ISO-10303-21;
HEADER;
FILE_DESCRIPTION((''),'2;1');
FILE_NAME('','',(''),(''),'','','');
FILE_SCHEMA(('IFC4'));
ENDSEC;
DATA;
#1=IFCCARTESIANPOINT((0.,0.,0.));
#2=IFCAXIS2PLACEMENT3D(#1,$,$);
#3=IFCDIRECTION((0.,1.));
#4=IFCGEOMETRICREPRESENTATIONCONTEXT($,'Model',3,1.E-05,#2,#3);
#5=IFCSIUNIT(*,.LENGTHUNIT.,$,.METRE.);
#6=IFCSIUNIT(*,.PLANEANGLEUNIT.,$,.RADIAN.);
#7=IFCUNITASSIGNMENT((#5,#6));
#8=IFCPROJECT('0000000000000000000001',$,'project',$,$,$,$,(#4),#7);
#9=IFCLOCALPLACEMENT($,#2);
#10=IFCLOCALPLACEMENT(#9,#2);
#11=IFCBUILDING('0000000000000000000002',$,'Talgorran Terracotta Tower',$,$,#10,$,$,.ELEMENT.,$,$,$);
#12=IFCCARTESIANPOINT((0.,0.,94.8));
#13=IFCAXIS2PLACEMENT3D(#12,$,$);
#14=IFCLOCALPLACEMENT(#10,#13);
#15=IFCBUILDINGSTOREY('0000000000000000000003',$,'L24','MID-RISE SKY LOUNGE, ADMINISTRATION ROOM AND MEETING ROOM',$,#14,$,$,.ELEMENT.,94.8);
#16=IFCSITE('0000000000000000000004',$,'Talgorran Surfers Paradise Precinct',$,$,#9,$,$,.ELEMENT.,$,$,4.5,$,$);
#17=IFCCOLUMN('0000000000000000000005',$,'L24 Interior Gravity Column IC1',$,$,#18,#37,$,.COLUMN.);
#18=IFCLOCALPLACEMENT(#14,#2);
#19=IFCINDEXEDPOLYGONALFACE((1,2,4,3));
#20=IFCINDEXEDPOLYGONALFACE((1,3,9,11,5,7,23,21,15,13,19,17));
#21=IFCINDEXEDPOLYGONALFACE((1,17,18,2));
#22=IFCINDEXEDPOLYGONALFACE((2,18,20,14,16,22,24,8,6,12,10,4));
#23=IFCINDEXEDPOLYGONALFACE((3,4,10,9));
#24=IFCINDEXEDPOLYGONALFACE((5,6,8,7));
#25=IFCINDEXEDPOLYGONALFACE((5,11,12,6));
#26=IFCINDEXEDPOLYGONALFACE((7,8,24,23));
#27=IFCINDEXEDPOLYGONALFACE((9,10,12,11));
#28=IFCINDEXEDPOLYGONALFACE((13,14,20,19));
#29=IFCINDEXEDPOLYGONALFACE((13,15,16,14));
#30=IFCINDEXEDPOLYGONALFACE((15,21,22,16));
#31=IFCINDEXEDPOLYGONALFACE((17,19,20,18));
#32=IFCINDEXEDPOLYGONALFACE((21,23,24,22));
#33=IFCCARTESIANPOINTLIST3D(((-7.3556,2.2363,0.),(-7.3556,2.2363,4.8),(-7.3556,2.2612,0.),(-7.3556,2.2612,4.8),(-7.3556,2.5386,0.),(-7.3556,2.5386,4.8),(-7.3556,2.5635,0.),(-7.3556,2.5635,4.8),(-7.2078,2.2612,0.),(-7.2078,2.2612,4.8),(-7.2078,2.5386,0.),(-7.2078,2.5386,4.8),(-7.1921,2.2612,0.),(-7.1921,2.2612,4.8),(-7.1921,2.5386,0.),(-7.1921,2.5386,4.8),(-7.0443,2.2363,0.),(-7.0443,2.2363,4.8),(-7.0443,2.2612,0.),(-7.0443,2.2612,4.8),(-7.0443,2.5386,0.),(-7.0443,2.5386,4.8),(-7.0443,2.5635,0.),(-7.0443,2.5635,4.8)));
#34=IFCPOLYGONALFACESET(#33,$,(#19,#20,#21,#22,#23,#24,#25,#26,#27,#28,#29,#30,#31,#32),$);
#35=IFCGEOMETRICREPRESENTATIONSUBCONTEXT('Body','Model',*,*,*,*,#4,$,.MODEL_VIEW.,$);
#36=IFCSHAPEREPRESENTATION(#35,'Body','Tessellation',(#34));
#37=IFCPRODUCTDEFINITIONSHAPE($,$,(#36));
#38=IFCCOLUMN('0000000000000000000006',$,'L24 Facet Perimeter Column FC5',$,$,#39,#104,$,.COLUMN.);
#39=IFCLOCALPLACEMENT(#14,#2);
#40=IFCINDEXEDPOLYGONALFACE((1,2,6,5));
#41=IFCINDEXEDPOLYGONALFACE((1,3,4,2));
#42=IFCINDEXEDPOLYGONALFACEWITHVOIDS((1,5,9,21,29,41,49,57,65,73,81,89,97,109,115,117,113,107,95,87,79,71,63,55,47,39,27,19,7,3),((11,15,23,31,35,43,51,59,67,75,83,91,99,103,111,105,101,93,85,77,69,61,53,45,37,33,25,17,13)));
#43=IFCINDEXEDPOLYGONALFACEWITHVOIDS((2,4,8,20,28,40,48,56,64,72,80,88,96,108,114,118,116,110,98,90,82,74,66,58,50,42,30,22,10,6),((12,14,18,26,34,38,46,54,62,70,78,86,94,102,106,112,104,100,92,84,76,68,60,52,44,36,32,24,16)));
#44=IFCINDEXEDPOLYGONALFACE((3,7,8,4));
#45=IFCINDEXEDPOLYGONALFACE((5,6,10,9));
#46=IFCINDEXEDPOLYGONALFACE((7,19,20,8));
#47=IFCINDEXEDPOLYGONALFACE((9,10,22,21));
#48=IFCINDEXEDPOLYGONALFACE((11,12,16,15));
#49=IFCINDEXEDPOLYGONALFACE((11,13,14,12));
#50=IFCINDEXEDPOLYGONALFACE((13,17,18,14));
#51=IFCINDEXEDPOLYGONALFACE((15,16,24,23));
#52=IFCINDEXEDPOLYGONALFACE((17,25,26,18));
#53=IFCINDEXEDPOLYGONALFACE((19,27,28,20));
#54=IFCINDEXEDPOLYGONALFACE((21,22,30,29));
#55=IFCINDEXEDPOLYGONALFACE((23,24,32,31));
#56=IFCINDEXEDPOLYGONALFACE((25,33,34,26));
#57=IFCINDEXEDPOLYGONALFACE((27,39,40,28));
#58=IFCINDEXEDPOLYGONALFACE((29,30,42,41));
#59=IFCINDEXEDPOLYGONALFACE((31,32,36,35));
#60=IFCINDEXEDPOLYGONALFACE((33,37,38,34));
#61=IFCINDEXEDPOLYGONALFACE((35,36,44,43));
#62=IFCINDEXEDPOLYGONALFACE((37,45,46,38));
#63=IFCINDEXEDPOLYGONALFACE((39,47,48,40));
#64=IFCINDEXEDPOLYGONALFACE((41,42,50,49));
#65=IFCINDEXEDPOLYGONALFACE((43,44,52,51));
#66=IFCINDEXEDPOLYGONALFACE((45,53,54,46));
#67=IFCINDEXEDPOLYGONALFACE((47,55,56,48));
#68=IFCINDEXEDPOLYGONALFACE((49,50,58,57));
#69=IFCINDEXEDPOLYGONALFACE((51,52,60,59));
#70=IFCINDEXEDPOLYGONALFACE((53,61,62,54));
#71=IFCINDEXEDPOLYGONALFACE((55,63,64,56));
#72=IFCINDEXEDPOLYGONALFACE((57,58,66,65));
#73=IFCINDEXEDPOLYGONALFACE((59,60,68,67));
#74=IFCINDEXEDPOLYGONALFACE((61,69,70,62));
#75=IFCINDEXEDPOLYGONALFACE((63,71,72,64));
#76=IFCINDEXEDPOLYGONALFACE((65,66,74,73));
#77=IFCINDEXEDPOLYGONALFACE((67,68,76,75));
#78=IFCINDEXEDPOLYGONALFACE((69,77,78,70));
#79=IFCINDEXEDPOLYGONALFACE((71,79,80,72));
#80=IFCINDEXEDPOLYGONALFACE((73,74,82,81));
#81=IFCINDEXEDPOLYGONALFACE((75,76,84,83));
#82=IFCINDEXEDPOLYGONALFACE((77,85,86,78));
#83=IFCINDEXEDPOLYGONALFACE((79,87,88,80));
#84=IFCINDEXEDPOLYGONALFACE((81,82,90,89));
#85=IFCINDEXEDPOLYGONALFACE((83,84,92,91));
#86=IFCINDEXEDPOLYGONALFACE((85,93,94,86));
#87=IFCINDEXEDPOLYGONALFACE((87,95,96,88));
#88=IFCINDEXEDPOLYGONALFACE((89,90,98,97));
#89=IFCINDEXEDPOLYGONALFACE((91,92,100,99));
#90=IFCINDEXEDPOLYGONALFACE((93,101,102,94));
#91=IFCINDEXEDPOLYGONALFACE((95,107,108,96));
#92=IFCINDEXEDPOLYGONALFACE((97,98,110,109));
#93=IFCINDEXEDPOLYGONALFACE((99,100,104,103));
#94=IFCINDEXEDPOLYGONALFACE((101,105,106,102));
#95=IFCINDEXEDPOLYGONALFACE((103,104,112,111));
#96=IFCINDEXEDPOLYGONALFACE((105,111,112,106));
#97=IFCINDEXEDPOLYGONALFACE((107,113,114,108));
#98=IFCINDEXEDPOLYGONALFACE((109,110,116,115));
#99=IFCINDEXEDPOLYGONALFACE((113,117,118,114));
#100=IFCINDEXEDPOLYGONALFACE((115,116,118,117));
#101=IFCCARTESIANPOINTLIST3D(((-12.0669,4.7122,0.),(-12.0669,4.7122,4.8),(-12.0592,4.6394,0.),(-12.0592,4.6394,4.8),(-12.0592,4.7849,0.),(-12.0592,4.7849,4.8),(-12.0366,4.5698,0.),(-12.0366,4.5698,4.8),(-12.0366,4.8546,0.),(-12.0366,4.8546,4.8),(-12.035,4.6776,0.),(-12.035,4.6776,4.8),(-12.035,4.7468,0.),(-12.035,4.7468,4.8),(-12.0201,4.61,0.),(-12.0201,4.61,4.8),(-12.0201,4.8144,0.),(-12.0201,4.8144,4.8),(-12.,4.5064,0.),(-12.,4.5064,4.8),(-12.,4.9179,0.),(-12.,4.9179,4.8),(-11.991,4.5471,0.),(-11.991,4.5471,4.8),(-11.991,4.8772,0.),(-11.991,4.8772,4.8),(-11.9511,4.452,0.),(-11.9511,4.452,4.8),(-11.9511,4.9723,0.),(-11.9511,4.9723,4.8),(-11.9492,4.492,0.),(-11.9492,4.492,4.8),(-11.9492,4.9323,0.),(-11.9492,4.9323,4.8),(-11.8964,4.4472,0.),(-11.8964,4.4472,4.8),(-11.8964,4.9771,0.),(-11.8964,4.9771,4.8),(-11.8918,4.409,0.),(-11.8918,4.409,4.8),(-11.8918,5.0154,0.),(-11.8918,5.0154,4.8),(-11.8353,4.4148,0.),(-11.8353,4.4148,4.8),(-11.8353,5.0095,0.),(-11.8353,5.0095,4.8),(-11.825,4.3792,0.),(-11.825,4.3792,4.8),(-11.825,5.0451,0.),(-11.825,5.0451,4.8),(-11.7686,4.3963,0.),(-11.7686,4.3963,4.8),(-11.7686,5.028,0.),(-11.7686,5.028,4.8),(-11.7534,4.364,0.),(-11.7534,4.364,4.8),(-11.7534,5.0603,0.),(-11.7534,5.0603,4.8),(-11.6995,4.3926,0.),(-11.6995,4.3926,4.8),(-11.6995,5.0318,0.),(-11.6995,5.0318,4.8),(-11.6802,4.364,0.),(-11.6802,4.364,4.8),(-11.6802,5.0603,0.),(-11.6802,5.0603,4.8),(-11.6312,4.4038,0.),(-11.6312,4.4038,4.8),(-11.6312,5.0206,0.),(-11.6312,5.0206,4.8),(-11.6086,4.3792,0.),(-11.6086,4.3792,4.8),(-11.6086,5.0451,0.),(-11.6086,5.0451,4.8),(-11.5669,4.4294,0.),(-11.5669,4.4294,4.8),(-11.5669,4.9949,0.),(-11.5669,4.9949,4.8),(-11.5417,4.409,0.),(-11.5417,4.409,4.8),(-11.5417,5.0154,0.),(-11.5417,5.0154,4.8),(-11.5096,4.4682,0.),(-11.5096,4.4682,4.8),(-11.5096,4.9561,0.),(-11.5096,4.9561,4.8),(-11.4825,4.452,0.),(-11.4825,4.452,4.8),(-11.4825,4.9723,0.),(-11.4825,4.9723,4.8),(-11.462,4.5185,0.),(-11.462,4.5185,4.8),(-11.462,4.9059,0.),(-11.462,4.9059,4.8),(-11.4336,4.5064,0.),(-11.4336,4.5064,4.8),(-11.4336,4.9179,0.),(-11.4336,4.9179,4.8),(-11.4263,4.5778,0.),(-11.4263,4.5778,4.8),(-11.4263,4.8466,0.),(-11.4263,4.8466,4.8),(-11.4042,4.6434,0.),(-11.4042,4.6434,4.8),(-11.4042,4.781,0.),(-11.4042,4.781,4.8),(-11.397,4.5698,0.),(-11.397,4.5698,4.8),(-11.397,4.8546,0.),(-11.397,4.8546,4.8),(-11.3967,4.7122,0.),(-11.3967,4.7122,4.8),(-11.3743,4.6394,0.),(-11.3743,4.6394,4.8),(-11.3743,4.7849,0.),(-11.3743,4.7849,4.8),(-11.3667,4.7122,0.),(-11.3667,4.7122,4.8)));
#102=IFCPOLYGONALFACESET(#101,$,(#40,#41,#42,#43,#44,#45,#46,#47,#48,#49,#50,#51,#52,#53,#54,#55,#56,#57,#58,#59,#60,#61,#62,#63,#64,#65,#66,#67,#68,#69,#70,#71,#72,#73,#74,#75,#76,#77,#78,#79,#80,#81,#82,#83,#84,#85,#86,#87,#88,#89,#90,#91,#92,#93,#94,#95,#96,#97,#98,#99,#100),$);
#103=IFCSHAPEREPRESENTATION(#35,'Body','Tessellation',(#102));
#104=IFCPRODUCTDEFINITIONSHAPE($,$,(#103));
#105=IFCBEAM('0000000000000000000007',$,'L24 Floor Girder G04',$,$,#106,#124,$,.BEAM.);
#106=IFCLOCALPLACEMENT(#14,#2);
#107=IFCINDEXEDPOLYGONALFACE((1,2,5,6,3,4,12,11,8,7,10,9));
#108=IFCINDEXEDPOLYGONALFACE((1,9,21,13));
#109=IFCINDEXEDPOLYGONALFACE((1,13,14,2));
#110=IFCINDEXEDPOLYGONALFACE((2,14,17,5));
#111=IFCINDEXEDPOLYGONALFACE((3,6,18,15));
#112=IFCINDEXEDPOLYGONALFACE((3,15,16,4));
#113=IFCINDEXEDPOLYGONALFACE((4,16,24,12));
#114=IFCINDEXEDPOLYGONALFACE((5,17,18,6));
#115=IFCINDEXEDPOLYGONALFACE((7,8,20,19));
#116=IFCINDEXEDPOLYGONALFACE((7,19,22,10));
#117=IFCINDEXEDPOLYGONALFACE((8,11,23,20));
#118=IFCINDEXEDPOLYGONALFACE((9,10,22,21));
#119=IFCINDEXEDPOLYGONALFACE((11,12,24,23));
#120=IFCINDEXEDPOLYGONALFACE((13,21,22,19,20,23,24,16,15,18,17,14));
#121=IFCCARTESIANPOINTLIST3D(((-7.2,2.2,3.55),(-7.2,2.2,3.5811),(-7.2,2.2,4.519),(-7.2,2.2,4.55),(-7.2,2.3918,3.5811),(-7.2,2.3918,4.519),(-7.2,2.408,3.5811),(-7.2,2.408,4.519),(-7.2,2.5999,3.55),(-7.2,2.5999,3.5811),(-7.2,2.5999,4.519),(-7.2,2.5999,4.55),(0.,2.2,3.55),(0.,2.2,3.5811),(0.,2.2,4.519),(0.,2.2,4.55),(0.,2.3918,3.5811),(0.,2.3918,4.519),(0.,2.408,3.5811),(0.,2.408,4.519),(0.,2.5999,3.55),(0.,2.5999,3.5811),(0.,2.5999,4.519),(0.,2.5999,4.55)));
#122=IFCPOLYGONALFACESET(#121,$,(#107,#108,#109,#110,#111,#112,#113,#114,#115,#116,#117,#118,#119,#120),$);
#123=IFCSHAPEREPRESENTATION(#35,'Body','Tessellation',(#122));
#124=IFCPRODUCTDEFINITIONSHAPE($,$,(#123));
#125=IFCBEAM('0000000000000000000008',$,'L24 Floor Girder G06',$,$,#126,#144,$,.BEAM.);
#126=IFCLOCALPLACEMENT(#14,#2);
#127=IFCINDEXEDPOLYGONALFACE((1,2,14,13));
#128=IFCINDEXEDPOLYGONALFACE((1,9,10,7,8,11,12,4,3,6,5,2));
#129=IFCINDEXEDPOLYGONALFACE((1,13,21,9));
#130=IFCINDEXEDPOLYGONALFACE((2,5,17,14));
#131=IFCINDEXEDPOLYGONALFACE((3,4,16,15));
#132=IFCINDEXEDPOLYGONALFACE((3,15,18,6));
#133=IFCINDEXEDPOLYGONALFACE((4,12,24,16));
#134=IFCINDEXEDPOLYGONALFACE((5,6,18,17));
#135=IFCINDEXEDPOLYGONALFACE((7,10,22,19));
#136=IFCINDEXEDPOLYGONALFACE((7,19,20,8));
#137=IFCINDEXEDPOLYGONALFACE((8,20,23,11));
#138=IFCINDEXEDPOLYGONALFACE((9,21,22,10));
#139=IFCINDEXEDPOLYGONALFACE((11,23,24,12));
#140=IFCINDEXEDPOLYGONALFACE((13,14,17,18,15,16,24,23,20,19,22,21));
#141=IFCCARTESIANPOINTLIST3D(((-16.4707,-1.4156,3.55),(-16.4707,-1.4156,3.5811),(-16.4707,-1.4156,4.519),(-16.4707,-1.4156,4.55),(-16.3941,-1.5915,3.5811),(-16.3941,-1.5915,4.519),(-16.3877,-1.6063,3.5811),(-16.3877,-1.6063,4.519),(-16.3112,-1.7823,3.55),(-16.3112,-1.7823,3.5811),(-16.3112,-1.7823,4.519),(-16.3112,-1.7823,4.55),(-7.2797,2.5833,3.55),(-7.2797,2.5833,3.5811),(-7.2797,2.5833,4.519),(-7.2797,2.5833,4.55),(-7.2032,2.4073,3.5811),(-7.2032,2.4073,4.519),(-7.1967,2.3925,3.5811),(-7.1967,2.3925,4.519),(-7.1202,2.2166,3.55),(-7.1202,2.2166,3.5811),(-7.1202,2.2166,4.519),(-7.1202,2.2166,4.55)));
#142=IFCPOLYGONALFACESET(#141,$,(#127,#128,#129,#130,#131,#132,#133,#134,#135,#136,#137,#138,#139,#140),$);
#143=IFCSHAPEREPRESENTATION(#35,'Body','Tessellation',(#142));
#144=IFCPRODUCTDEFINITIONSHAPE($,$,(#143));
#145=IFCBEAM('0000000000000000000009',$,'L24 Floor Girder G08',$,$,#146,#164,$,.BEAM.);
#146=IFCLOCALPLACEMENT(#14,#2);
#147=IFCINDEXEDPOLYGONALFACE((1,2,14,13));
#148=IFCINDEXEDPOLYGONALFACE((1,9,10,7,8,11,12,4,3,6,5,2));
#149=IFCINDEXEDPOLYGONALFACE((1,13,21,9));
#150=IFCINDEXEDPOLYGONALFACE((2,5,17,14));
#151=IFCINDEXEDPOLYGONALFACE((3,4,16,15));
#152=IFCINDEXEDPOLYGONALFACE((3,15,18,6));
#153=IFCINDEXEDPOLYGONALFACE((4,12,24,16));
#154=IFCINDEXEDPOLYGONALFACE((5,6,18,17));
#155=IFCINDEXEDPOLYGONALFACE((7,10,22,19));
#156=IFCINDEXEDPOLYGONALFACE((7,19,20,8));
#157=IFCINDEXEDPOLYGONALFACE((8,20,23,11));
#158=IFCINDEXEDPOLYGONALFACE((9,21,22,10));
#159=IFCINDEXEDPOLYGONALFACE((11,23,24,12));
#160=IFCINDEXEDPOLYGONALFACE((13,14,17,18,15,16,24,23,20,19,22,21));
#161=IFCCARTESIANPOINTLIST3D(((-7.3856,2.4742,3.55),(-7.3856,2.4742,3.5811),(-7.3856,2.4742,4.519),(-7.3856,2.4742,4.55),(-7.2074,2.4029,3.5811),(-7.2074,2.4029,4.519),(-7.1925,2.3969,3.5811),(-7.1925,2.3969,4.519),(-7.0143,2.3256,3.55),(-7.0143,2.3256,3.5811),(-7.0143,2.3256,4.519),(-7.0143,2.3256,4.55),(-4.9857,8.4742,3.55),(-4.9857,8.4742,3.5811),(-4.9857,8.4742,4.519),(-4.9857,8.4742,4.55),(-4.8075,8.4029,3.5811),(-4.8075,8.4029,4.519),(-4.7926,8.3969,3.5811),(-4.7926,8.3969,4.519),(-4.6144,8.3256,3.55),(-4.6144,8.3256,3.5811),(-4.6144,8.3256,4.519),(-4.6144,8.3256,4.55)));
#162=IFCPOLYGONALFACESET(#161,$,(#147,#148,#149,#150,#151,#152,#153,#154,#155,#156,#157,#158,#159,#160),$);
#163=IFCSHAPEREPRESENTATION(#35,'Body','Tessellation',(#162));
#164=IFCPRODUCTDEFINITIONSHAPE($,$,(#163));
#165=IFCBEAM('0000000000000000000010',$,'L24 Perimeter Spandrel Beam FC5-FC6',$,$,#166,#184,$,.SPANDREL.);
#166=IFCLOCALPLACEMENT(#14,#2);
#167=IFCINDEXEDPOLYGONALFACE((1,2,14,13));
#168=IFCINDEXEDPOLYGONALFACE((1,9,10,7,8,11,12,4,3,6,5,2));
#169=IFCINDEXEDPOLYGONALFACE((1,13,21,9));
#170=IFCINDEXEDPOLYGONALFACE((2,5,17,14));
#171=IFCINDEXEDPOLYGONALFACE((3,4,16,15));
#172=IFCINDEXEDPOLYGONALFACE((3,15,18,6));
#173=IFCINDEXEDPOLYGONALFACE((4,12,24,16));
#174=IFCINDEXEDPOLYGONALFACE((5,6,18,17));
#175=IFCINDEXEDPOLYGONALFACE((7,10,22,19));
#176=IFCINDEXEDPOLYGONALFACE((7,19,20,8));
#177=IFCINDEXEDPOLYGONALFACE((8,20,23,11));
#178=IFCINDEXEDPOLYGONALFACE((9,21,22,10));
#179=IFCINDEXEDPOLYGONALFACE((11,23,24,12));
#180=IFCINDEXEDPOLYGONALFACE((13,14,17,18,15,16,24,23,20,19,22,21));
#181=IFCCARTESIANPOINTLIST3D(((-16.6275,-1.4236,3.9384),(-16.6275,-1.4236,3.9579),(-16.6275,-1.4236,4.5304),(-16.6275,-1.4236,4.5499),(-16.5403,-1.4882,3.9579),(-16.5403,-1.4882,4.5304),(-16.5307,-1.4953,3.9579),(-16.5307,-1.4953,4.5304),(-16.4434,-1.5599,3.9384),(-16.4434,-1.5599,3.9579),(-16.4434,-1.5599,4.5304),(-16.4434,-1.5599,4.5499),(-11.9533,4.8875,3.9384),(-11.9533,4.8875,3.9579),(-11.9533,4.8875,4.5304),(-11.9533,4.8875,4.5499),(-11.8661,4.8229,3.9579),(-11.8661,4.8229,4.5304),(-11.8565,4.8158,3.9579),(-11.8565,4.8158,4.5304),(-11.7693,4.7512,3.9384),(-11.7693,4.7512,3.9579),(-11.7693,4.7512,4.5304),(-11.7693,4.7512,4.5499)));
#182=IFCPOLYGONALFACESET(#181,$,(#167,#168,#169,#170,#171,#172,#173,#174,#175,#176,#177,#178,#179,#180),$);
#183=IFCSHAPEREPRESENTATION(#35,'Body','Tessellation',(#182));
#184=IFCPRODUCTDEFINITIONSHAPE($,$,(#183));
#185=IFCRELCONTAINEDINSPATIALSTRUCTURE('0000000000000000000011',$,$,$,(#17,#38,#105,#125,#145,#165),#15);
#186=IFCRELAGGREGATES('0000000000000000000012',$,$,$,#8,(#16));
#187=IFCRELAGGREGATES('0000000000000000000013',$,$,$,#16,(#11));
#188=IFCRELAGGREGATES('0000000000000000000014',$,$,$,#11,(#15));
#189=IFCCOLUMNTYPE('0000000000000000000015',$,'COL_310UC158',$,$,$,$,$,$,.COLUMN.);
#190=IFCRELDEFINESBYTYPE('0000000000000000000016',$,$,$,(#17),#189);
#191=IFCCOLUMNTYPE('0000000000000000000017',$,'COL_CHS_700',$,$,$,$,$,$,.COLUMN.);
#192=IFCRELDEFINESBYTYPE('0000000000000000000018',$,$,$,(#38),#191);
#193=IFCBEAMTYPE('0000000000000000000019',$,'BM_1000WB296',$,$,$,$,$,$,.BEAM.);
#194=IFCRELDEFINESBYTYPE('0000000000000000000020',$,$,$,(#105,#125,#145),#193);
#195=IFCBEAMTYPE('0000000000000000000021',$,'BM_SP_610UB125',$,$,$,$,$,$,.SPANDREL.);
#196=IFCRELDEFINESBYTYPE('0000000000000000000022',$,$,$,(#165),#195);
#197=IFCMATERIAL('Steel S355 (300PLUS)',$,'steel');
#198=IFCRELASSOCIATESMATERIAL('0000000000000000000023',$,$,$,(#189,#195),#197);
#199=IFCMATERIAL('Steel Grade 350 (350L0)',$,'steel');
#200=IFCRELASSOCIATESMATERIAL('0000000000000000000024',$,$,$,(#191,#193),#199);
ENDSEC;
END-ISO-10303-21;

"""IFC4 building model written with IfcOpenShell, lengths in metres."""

from ifc_helpers import new_model, si_unit, direction, frame, origin, origin_2d, place, context, subcontext, project, spatial, hollow_circle, i_section, extrude, material, material_profile, profile_set, type_object, element, save


model = new_model("IFC4")

# Units and contexts
model_context = context("Model", 3, precision=1e-05, world=origin(), true_north=direction((0.0, 1.0)))
body_context = subcontext(model_context, "Body", "Model", "MODEL_VIEW")
ifc_project = project(units=[si_unit("LENGTHUNIT", "METRE"), si_unit("PLANEANGLEUNIT", "RADIAN")], contexts=[model_context])

# Site, building, storey
site_placement = place(None, origin())
site = spatial("IfcSite", under=ifc_project, at=site_placement, Name="Talgorran Surfers Paradise Precinct", CompositionType="ELEMENT", RefElevation=4.5)
building_placement = place(site_placement, origin())
building = spatial("IfcBuilding", under=site, at=building_placement, Name="Talgorran Terracotta Tower", CompositionType="ELEMENT")
storey_placement = place(building_placement, frame((0.0, 0.0, 94.8)))
storey = spatial("IfcBuildingStorey", under=building, at=storey_placement, Name="L24", Description="MID-RISE SKY LOUNGE, ADMINISTRATION ROOM AND MEETING ROOM", CompositionType="ELEMENT", Elevation=94.8)

# Columns
ifc_material_1 = material(Name="Steel S355 (300PLUS)", Category="steel")
ifc_material_profile_1 = material_profile(ifc_material_1, i_section(OverallWidth=0.3113, OverallDepth=0.3271, WebThickness=0.0156, FlangeThickness=0.0249, at=origin_2d()), Name="310UC158")
ifc_profile_set_1 = profile_set([ifc_material_profile_1], Name="Steel S355 (300PLUS)")
column_type_1 = type_object("IfcColumnType", Name="COL_310UC158", PredefinedType="COLUMN", material=ifc_profile_set_1)
column_1_placement = place(storey_placement, frame((-7.2, 2.3999, 0.0), z_axis=(0.0, 0.0, 1.0), x_axis=(1.0, 0.0, 0.0)))
element("IfcColumn", 1, at=column_1_placement, inside=storey, type_object=column_type_1, Name="L24 Interior Gravity Column IC1", PredefinedType="COLUMN", context=body_context, shape_type="SweptSolid", body=[
    extrude(i_section(OverallWidth=0.3113, OverallDepth=0.3271, WebThickness=0.0156, FlangeThickness=0.0249, at=origin_2d()), origin(), (0.0, 0.0, 1.0), 4.8),
])
ifc_material_2 = material(Name="Steel Grade 350 (350L0)", Category="steel")
ifc_material_profile_2 = material_profile(ifc_material_2, hollow_circle(Radius=0.3501, WallThickness=0.03, at=origin_2d()), Name="CHS700X30")
ifc_profile_set_2 = profile_set([ifc_material_profile_2], Name="Steel Grade 350 (350L0)")
column_type_2 = type_object("IfcColumnType", Name="COL_CHS_700", PredefinedType="COLUMN", material=ifc_profile_set_2)
column_2_placement = place(storey_placement, frame((-11.7168, 4.7122, 0.0), z_axis=(0.0, 0.0, 1.0), x_axis=(1.0, 0.0, 0.0)))
element("IfcColumn", 2, at=column_2_placement, inside=storey, type_object=column_type_2, Name="L24 Facet Perimeter Column FC5", PredefinedType="COLUMN", context=body_context, shape_type="SweptSolid", body=[
    extrude(hollow_circle(Radius=0.3501, WallThickness=0.03, at=origin_2d()), origin(), (0.0, 0.0, 1.0), 4.8),
])

# Beams
ifc_material_profile_3 = material_profile(ifc_material_2, i_section(OverallWidth=0.3999, OverallDepth=1.0, WebThickness=0.0161, FlangeThickness=0.031, at=origin_2d()), Name="1000WB296")
ifc_profile_set_3 = profile_set([ifc_material_profile_3], Name="Steel Grade 350 (350L0)")
beam_type_1 = type_object("IfcBeamType", Name="BM_1000WB296", PredefinedType="BEAM", material=ifc_profile_set_3)
beam_1_placement = place(storey_placement, frame((-7.2, 2.3999, 4.05), z_axis=(1.0, 0.0, 0.0), x_axis=(0.0, 1.0, 0.0)))
element("IfcBeam", 3, at=beam_1_placement, inside=storey, type_object=beam_type_1, Name="L24 Floor Girder G04", PredefinedType="BEAM", context=body_context, shape_type="SweptSolid", body=[
    extrude(i_section(OverallWidth=0.3999, OverallDepth=1.0, WebThickness=0.0161, FlangeThickness=0.031, at=origin_2d()), origin(), (0.0, 0.0, 1.0), 7.2),
])
beam_2_placement = place(storey_placement, frame((-7.2, 2.3999, 4.05), z_axis=(-0.916971, -0.398955, 0.0), x_axis=(0.398955, -0.916971, 0.0)))
element("IfcBeam", 4, at=beam_2_placement, inside=storey, type_object=beam_type_1, Name="L24 Floor Girder G06", PredefinedType="BEAM", context=body_context, shape_type="SweptSolid", body=[
    extrude(i_section(OverallWidth=0.3999, OverallDepth=1.0, WebThickness=0.0161, FlangeThickness=0.031, at=origin_2d()), origin(), (0.0, 0.0, 1.0), 10.0232),
])
beam_3_placement = place(storey_placement, frame((-7.2, 2.3999, 4.05), z_axis=(0.371378, 0.928482, 0.0), x_axis=(-0.928482, 0.371378, 0.0)))
element("IfcBeam", 5, at=beam_3_placement, inside=storey, type_object=beam_type_1, Name="L24 Floor Girder G08", PredefinedType="BEAM", context=body_context, shape_type="SweptSolid", body=[
    extrude(i_section(OverallWidth=0.3999, OverallDepth=1.0, WebThickness=0.0161, FlangeThickness=0.031, at=origin_2d()), origin(), (0.0, 0.0, 1.0), 6.4622),
])
ifc_material_profile_4 = material_profile(ifc_material_1, i_section(OverallWidth=0.229, OverallDepth=0.6116, WebThickness=0.012, FlangeThickness=0.0195, at=origin_2d()), Name="610UB125")
ifc_profile_set_4 = profile_set([ifc_material_profile_4], Name="Steel S355 (300PLUS)")
beam_type_2 = type_object("IfcBeamType", Name="BM_SP_610UB125", PredefinedType="SPANDREL", material=ifc_profile_set_4)
beam_4_placement = place(storey_placement, frame((-11.8613, 4.8193, 4.2441), z_axis=(-0.595164, -0.803604, 0.0), x_axis=(0.803604, -0.595164, 0.0)))
element("IfcBeam", 6, at=beam_4_placement, inside=storey, type_object=beam_type_2, Name="L24 Perimeter Spandrel Beam FC5-FC6", PredefinedType="SPANDREL", context=body_context, shape_type="SweptSolid", body=[
    extrude(i_section(OverallWidth=0.229, OverallDepth=0.6116, WebThickness=0.012, FlangeThickness=0.0195, at=origin_2d()), origin(), (0.0, 0.0, 1.0), 7.8535),
])

save(model, "model.ifc")
